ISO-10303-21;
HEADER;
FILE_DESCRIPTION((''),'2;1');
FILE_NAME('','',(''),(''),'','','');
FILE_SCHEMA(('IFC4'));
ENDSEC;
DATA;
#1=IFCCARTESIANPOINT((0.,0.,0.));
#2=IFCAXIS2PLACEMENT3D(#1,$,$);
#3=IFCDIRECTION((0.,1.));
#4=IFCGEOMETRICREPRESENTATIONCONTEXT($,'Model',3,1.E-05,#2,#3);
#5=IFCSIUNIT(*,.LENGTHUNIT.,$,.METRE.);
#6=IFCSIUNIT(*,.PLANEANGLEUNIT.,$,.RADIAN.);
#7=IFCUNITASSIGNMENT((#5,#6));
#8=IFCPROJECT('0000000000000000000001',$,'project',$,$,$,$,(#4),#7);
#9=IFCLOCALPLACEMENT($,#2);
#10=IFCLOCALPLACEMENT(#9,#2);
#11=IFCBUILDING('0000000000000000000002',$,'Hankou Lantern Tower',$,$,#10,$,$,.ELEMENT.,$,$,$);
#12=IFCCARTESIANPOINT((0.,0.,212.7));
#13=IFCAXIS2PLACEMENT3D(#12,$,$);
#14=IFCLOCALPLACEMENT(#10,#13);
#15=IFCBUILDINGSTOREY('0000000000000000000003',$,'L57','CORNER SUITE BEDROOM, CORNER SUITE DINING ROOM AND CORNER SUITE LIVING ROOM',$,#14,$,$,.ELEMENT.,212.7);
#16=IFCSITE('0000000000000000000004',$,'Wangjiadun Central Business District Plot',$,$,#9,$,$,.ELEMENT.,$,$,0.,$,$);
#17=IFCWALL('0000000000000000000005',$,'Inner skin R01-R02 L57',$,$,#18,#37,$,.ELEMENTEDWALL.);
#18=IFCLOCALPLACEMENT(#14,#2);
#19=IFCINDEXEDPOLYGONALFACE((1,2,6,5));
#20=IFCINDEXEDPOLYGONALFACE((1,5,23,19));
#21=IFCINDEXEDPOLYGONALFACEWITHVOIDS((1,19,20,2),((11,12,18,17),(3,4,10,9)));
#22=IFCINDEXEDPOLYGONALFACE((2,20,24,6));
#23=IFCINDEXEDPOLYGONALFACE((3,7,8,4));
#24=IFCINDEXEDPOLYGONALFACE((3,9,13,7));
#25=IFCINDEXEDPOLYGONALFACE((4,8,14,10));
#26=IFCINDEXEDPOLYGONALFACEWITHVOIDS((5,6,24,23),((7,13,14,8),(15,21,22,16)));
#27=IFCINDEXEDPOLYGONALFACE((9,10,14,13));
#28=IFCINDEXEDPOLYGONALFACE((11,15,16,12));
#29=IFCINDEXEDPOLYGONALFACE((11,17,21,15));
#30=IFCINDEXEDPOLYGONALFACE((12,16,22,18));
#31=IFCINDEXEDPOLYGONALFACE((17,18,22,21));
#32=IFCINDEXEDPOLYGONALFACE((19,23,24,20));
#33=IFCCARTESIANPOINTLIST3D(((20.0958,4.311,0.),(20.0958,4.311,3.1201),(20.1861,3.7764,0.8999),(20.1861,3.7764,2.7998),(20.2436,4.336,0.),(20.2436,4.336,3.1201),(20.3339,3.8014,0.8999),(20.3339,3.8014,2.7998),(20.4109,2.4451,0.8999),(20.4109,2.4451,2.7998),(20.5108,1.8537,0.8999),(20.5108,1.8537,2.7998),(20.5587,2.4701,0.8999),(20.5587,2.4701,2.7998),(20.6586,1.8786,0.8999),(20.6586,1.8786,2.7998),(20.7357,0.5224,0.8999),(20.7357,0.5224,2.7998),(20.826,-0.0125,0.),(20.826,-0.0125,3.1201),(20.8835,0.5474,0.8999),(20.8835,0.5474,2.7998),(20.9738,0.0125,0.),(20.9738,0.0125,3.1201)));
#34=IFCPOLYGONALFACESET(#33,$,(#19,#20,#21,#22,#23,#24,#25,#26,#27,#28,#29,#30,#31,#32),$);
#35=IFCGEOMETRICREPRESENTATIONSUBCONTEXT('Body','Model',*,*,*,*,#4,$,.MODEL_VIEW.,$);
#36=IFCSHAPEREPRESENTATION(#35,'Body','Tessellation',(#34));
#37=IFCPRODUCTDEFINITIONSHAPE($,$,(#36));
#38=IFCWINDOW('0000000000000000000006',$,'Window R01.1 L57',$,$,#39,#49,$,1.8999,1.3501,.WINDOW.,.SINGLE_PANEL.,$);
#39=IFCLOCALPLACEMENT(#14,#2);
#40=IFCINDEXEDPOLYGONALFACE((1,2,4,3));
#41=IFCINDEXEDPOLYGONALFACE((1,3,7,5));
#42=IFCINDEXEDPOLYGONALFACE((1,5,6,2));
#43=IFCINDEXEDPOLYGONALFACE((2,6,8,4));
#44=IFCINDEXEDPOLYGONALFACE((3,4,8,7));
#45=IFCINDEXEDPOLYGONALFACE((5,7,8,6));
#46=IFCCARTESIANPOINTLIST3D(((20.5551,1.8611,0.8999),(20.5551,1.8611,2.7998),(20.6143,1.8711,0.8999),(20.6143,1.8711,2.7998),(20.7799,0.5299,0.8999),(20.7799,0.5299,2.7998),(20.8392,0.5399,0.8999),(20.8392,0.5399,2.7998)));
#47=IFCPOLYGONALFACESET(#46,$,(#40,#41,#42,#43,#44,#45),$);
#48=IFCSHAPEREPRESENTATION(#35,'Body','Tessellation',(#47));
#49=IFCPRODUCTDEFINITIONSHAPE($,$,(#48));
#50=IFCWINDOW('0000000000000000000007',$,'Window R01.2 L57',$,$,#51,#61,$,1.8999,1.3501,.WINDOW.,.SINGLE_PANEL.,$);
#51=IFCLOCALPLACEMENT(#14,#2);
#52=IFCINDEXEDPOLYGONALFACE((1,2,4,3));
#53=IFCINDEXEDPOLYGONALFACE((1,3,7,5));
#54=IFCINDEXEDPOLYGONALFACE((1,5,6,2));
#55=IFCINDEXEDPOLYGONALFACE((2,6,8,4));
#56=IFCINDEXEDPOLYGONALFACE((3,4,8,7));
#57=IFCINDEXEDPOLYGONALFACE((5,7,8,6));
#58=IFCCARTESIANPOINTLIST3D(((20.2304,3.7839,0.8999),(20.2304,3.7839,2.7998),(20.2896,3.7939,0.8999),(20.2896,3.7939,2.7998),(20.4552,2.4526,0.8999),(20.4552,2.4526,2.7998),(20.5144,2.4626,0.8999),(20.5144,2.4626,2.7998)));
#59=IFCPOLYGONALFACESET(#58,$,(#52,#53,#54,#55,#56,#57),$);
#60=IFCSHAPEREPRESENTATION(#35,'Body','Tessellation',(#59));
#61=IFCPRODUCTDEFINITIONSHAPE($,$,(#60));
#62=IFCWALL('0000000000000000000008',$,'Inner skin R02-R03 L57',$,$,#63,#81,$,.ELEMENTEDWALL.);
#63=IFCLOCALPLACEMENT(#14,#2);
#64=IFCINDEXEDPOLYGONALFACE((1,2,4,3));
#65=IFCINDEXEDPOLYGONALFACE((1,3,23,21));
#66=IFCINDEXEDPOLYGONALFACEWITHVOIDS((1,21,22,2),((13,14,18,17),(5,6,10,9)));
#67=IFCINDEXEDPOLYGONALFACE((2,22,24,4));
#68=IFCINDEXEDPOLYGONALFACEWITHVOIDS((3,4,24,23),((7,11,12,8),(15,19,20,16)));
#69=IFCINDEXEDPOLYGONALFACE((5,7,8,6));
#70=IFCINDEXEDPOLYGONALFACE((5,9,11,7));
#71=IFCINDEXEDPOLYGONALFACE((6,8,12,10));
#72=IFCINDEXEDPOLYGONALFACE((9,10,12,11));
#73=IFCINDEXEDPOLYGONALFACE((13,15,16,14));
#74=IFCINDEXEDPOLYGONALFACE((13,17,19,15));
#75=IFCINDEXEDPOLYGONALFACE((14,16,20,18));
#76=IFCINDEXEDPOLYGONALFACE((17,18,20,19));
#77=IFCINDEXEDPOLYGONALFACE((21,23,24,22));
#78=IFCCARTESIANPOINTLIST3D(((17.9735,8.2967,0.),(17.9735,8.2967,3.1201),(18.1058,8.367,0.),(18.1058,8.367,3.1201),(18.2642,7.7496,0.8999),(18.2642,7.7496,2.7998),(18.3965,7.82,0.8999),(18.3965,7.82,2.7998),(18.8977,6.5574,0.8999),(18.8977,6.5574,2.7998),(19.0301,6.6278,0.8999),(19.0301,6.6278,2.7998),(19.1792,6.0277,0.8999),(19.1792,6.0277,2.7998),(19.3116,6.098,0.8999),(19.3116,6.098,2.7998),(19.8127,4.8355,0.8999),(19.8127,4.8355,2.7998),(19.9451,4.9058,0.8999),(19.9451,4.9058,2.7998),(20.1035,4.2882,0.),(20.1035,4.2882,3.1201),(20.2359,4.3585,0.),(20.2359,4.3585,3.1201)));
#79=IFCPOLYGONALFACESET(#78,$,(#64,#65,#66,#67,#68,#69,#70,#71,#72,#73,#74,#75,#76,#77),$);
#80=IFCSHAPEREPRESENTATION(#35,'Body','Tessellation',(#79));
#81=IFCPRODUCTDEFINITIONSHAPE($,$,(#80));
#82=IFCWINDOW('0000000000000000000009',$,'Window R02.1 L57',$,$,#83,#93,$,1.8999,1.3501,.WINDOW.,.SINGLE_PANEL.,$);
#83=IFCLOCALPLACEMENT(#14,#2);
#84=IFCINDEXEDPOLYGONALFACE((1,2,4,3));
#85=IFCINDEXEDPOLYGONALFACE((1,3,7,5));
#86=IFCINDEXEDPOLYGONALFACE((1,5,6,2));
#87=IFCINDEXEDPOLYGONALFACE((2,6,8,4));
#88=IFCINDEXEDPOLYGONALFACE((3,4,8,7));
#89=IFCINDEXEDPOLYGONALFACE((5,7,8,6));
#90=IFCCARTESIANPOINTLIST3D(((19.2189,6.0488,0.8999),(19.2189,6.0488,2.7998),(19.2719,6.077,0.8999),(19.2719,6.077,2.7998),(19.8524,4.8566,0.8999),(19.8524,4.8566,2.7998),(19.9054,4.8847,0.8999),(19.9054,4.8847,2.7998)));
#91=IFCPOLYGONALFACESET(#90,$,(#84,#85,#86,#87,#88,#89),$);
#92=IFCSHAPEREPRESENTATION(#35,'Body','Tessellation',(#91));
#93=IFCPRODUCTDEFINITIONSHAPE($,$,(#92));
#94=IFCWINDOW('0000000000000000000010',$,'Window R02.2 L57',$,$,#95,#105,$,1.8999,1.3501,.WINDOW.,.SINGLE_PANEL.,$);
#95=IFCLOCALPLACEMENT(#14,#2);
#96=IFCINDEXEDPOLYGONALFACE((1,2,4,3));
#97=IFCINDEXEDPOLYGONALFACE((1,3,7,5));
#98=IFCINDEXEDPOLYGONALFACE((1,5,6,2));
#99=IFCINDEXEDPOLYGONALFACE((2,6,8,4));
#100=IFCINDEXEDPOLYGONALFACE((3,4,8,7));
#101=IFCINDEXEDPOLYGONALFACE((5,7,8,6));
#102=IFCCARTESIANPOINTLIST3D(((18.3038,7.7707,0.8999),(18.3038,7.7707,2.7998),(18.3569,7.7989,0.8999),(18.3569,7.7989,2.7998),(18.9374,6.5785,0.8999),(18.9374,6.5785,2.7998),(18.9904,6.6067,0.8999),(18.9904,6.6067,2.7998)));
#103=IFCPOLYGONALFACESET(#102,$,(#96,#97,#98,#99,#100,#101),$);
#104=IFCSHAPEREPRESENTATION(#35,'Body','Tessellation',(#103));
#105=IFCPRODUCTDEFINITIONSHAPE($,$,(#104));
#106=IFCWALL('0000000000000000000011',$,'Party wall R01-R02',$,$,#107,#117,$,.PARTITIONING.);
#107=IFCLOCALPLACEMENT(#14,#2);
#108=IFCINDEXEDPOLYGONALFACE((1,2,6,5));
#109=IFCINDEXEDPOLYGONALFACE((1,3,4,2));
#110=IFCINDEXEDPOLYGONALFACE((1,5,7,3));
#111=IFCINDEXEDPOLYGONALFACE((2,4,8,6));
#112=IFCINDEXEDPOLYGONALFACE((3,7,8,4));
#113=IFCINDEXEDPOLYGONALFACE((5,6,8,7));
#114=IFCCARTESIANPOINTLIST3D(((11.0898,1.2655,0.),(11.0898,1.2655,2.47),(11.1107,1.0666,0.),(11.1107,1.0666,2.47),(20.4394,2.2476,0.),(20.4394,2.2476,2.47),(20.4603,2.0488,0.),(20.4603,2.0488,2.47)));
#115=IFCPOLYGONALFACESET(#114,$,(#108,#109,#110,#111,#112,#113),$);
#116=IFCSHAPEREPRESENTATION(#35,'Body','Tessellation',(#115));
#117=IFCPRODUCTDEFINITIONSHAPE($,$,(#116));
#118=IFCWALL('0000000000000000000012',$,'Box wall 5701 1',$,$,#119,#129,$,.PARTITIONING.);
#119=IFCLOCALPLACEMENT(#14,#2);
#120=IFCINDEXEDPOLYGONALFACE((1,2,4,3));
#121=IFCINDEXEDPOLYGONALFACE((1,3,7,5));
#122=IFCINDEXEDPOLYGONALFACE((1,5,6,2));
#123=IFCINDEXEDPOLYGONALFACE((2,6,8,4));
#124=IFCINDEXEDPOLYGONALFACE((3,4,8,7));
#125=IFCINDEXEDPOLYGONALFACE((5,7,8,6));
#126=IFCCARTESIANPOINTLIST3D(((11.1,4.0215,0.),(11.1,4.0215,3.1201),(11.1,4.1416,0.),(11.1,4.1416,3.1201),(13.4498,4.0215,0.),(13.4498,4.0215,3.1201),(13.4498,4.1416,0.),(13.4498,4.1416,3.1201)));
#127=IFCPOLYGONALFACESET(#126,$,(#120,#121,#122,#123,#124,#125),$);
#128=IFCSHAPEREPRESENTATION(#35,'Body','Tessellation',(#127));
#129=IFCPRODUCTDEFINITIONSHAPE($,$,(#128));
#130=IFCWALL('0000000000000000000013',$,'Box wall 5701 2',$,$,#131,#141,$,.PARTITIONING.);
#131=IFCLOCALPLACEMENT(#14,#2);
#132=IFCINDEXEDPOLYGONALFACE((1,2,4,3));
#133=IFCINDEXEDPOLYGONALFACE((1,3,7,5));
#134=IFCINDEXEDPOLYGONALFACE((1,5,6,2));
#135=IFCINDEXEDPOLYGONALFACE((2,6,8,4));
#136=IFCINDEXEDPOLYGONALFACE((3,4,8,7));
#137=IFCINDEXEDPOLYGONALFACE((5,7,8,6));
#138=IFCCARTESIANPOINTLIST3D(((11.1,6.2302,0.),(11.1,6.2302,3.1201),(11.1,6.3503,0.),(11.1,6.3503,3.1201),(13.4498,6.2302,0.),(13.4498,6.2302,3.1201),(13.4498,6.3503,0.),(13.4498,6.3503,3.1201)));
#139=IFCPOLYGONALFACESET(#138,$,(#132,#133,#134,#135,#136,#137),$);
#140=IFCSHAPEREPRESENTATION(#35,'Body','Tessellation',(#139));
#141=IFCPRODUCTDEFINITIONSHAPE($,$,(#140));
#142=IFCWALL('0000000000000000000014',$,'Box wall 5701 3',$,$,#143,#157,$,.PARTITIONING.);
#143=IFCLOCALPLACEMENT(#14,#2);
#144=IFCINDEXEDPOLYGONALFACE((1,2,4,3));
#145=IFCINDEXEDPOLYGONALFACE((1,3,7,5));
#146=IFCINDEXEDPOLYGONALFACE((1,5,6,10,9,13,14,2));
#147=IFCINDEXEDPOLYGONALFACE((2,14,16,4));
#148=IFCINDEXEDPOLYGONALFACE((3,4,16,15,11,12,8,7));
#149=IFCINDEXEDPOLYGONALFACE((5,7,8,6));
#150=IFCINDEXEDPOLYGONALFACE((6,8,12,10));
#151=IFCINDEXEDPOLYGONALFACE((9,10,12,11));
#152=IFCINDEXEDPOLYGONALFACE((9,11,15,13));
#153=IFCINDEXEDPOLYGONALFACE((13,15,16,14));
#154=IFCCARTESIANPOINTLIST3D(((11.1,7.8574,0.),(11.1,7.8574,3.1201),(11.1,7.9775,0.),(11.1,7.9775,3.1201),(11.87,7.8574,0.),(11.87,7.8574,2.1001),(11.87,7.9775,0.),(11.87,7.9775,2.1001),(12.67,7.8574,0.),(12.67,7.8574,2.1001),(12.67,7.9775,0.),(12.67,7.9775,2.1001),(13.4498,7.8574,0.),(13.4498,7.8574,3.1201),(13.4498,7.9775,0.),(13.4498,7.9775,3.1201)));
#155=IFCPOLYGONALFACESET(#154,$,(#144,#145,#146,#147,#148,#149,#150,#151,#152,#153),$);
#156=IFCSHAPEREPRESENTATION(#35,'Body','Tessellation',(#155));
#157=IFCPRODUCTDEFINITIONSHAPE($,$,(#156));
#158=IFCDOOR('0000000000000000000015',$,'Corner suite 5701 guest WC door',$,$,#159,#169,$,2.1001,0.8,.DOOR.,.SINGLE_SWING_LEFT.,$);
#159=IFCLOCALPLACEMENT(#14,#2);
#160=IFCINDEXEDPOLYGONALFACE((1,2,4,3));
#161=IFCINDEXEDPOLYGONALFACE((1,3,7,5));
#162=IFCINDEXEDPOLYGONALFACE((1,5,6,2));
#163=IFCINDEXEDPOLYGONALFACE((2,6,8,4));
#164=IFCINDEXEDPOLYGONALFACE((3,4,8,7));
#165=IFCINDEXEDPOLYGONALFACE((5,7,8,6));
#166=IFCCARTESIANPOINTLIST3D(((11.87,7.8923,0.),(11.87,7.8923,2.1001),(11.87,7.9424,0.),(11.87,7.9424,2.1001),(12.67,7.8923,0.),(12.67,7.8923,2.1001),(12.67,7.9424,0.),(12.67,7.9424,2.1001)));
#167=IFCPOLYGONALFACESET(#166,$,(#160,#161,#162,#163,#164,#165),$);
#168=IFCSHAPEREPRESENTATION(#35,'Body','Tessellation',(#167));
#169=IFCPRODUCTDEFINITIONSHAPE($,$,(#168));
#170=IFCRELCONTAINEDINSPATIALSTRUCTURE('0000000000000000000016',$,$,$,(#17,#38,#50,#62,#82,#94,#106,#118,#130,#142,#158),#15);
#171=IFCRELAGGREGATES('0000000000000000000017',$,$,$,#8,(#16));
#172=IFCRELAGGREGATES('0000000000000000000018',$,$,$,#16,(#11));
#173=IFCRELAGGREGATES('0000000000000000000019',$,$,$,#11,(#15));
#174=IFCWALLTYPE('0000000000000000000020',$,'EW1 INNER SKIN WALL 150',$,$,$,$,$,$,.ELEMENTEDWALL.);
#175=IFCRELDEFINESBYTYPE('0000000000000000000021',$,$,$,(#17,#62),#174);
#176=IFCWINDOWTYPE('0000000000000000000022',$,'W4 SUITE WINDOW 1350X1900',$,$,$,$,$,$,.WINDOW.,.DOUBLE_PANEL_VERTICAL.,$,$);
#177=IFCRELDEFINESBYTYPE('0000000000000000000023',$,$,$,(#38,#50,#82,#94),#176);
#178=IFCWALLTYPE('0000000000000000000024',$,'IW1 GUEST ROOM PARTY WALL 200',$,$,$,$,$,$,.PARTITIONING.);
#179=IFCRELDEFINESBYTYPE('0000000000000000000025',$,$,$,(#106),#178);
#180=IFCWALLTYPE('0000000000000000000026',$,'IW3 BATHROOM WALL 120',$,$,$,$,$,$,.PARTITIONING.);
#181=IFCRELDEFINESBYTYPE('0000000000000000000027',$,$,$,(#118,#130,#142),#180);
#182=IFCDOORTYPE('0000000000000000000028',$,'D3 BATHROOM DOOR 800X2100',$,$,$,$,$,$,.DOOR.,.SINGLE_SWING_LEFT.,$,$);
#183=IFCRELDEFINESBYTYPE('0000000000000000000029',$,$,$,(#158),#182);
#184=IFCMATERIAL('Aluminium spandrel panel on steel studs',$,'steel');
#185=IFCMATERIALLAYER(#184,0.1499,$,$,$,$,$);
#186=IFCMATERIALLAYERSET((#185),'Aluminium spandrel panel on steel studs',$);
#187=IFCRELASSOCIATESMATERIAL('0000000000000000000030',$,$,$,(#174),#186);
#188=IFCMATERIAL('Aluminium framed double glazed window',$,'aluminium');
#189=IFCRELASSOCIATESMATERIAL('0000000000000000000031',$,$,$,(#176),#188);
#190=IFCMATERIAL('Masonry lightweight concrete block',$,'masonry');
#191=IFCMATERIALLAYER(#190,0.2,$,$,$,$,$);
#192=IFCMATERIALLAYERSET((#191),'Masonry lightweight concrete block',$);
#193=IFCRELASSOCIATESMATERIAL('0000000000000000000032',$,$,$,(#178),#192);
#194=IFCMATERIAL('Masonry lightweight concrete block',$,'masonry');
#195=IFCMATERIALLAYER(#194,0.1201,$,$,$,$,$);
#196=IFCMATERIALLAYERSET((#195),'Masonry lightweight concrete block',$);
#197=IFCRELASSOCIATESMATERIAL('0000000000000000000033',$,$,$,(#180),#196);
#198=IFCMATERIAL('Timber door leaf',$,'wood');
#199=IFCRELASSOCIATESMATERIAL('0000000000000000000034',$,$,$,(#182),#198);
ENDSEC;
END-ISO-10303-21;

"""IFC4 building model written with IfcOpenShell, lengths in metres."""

from ifc_helpers import new_model, si_unit, direction, frame, frame_2d, origin, place, context, subcontext, project, spatial, rectangle, extrude, material, layer, layer_set, type_object, element, fill, save


model = new_model("IFC4")

# Units and contexts
model_context = context("Model", 3, precision=1e-05, world=origin(), true_north=direction((0.0, 1.0)))
body_context = subcontext(model_context, "Body", "Model", "MODEL_VIEW")
ifc_project = project(units=[si_unit("LENGTHUNIT", "METRE"), si_unit("PLANEANGLEUNIT", "RADIAN")], contexts=[model_context])

# Site, building, storey
site_placement = place(None, origin())
site = spatial("IfcSite", under=ifc_project, at=site_placement, Name="Wangjiadun Central Business District Plot", CompositionType="ELEMENT", RefElevation=0.0)
building_placement = place(site_placement, origin())
building = spatial("IfcBuilding", under=site, at=building_placement, Name="Hankou Lantern Tower", CompositionType="ELEMENT")
storey_placement = place(building_placement, frame((0.0, 0.0, 212.7)))
storey = spatial("IfcBuildingStorey", under=building, at=storey_placement, Name="L57", Description="CORNER SUITE BEDROOM, CORNER SUITE DINING ROOM AND CORNER SUITE LIVING ROOM", CompositionType="ELEMENT", Elevation=212.7)

# Walls, openings, windows
ifc_material_1 = material(Name="Aluminium spandrel panel on steel studs", Category="steel")
ifc_layer_1 = layer(ifc_material_1, 0.1499)
ifc_layer_set_1 = layer_set([ifc_layer_1], Name="Aluminium spandrel panel on steel studs")
wall_type_1 = type_object("IfcWallType", Name="EW1 INNER SKIN WALL 150", PredefinedType="ELEMENTEDWALL", material=ifc_layer_set_1)
wall_1_placement = place(storey_placement, frame((20.8999, 0.0, 0.0), z_axis=(0.0, 0.0, 1.0), x_axis=(-0.166539, 0.986035, 0.0)))
wall_1 = element("IfcWall", 1, at=wall_1_placement, inside=storey, type_object=wall_type_1, Name="Inner skin R01-R02 L57", PredefinedType="ELEMENTEDWALL", context=body_context, shape_type="SweptSolid", body=[
    extrude(rectangle(XDim=4.3848, YDim=0.1499, at=frame_2d((2.1924, 0.0))), origin(), (0.0, 0.0, 1.0), 3.1201),
])
opening_1_placement = place(wall_1_placement, frame((0.5425, 0.0, 0.8999)))
opening_1 = element("IfcOpeningElement", 2, at=opening_1_placement, cuts=wall_1, PredefinedType="OPENING", context=body_context, shape_type="SweptSolid", body=[
    extrude(rectangle(XDim=1.3501, YDim=1.8999, at=frame_2d((0.675, 0.95))), frame((0.0, 0.085, 0.0), z_axis=(0.0, -1.0, 0.0), x_axis=(1.0, 0.0, 0.0)), (0.0, 0.0, 1.0), 0.1699),
])
opening_2_placement = place(wall_1_placement, frame((2.4924, 0.0, 0.8999)))
opening_2 = element("IfcOpeningElement", 3, at=opening_2_placement, cuts=wall_1, PredefinedType="OPENING", context=body_context, shape_type="SweptSolid", body=[
    extrude(rectangle(XDim=1.3501, YDim=1.8999, at=frame_2d((0.675, 0.95))), frame((0.0, 0.085, 0.0), z_axis=(0.0, -1.0, 0.0), x_axis=(1.0, 0.0, 0.0)), (0.0, 0.0, 1.0), 0.1699),
])
ifc_material_2 = material(Name="Aluminium framed double glazed window", Category="aluminium")
window_type = type_object("IfcWindowType", Name="W4 SUITE WINDOW 1350X1900", PartitioningType="DOUBLE_PANEL_VERTICAL", PredefinedType="WINDOW", material=ifc_material_2)
window_1_placement = place(opening_1_placement, origin())
window_1 = element("IfcWindow", 4, at=window_1_placement, inside=storey, type_object=window_type, Name="Window R01.1 L57", OverallHeight=1.8999, OverallWidth=1.3501, PartitioningType="SINGLE_PANEL", PredefinedType="WINDOW", context=body_context, shape_type="SweptSolid", body=[
    extrude(rectangle(XDim=1.3501, YDim=1.8999, at=frame_2d((0.675, 0.95))), frame((0.0, 0.03, 0.0), z_axis=(0.0, -1.0, 0.0), x_axis=(1.0, 0.0, 0.0)), (0.0, 0.0, 1.0), 0.0601),
])
fill(opening_1, window_1)
window_2_placement = place(opening_2_placement, origin())
window_2 = element("IfcWindow", 5, at=window_2_placement, inside=storey, type_object=window_type, Name="Window R01.2 L57", OverallHeight=1.8999, OverallWidth=1.3501, PartitioningType="SINGLE_PANEL", PredefinedType="WINDOW", context=body_context, shape_type="SweptSolid", body=[
    extrude(rectangle(XDim=1.3501, YDim=1.8999, at=frame_2d((0.675, 0.95))), frame((0.0, 0.03, 0.0), z_axis=(0.0, -1.0, 0.0), x_axis=(1.0, 0.0, 0.0)), (0.0, 0.0, 1.0), 0.0601),
])
fill(opening_2, window_2)
wall_2_placement = place(storey_placement, frame((20.1697, 4.3235, 0.0), z_axis=(0.0, 0.0, 1.0), x_axis=(-0.469256, 0.883062, 0.0)))
wall_2 = element("IfcWall", 6, at=wall_2_placement, inside=storey, type_object=wall_type_1, Name="Inner skin R02-R03 L57", PredefinedType="ELEMENTEDWALL", context=body_context, shape_type="SweptSolid", body=[
    extrude(rectangle(XDim=4.5393, YDim=0.1499, at=frame_2d((2.2695, 0.0))), origin(), (0.0, 0.0, 1.0), 3.1201),
])
opening_3_placement = place(wall_2_placement, frame((0.6196, 0.0, 0.8999)))
opening_3 = element("IfcOpeningElement", 7, at=opening_3_placement, cuts=wall_2, PredefinedType="OPENING", context=body_context, shape_type="SweptSolid", body=[
    extrude(rectangle(XDim=1.3501, YDim=1.8999, at=frame_2d((0.675, 0.95))), frame((0.0, 0.085, 0.0), z_axis=(0.0, -1.0, 0.0), x_axis=(1.0, 0.0, 0.0)), (0.0, 0.0, 1.0), 0.1699),
])
opening_4_placement = place(wall_2_placement, frame((2.5696, 0.0, 0.8999)))
opening_4 = element("IfcOpeningElement", 8, at=opening_4_placement, cuts=wall_2, PredefinedType="OPENING", context=body_context, shape_type="SweptSolid", body=[
    extrude(rectangle(XDim=1.3501, YDim=1.8999, at=frame_2d((0.675, 0.95))), frame((0.0, 0.085, 0.0), z_axis=(0.0, -1.0, 0.0), x_axis=(1.0, 0.0, 0.0)), (0.0, 0.0, 1.0), 0.1699),
])
window_3_placement = place(opening_3_placement, origin())
window_3 = element("IfcWindow", 9, at=window_3_placement, inside=storey, type_object=window_type, Name="Window R02.1 L57", OverallHeight=1.8999, OverallWidth=1.3501, PartitioningType="SINGLE_PANEL", PredefinedType="WINDOW", context=body_context, shape_type="SweptSolid", body=[
    extrude(rectangle(XDim=1.3501, YDim=1.8999, at=frame_2d((0.675, 0.95))), frame((0.0, 0.03, 0.0), z_axis=(0.0, -1.0, 0.0), x_axis=(1.0, 0.0, 0.0)), (0.0, 0.0, 1.0), 0.0601),
])
fill(opening_3, window_3)
window_4_placement = place(opening_4_placement, origin())
window_4 = element("IfcWindow", 10, at=window_4_placement, inside=storey, type_object=window_type, Name="Window R02.2 L57", OverallHeight=1.8999, OverallWidth=1.3501, PartitioningType="SINGLE_PANEL", PredefinedType="WINDOW", context=body_context, shape_type="SweptSolid", body=[
    extrude(rectangle(XDim=1.3501, YDim=1.8999, at=frame_2d((0.675, 0.95))), frame((0.0, 0.03, 0.0), z_axis=(0.0, -1.0, 0.0), x_axis=(1.0, 0.0, 0.0)), (0.0, 0.0, 1.0), 0.0601),
])
fill(opening_4, window_4)

# Walls
ifc_material_3 = material(Name="Masonry lightweight concrete block", Category="masonry")
ifc_layer_2 = layer(ifc_material_3, 0.2)
ifc_layer_set_2 = layer_set([ifc_layer_2], Name="Masonry lightweight concrete block")
wall_type_2 = type_object("IfcWallType", Name="IW1 GUEST ROOM PARTY WALL 200", PredefinedType="PARTITIONING", material=ifc_layer_set_2)
wall_3_placement = place(storey_placement, frame((11.1001, 1.166, 0.0), z_axis=(0.0, 0.0, 1.0), x_axis=(0.994527, 0.104475, 0.0)))
element("IfcWall", 11, at=wall_3_placement, inside=storey, type_object=wall_type_2, Name="Party wall R01-R02", PredefinedType="PARTITIONING", context=body_context, shape_type="SweptSolid", body=[
    extrude(rectangle(XDim=9.4011, YDim=0.2, at=frame_2d((4.7007, 0.0))), origin(), (0.0, 0.0, 1.0), 2.47),
])
ifc_material_4 = material(Name="Masonry lightweight concrete block", Category="masonry")
ifc_layer_3 = layer(ifc_material_4, 0.1201)
ifc_layer_set_3 = layer_set([ifc_layer_3], Name="Masonry lightweight concrete block")
wall_type_3 = type_object("IfcWallType", Name="IW3 BATHROOM WALL 120", PredefinedType="PARTITIONING", material=ifc_layer_set_3)
for number, where, z_axis, x_axis, name in (
    (12, (11.1001, 4.0815, 0.0), (0.0, 0.0, 1.0), (1.0, 0.0, 0.0), "Box wall 5701 1"),
    (13, (11.1001, 6.2903, 0.0), (0.0, 0.0, 1.0), (1.0, 0.0, 0.0), "Box wall 5701 2"),
):
    element("IfcWall", number, at=place(storey_placement, frame(where, z_axis=z_axis, x_axis=x_axis)), inside=storey, type_object=wall_type_3, Name=name, PredefinedType="PARTITIONING", context=body_context, shape_type="SweptSolid", body=[
        extrude(rectangle(XDim=2.3499, YDim=0.1201, at=frame_2d((1.1748, 0.0))), origin(), (0.0, 0.0, 1.0), 3.1201),
    ])

# Wall, opening, door
wall_4_placement = place(storey_placement, frame((11.1001, 7.9175, 0.0), z_axis=(0.0, 0.0, 1.0), x_axis=(1.0, 0.0, 0.0)))
wall_4 = element("IfcWall", 14, at=wall_4_placement, inside=storey, type_object=wall_type_3, Name="Box wall 5701 3", PredefinedType="PARTITIONING", context=body_context, shape_type="SweptSolid", body=[
    extrude(rectangle(XDim=2.3499, YDim=0.1201, at=frame_2d((1.1748, 0.0))), origin(), (0.0, 0.0, 1.0), 3.1201),
])
opening_5_placement = place(wall_4_placement, frame((0.77, 0.0, 0.0)))
opening_5 = element("IfcOpeningElement", 15, at=opening_5_placement, cuts=wall_4, PredefinedType="OPENING", context=body_context, shape_type="SweptSolid", body=[
    extrude(rectangle(XDim=0.8, YDim=2.1001, at=frame_2d((0.3999, 1.05))), frame((0.0, 0.0701, 0.0), z_axis=(0.0, -1.0, 0.0), x_axis=(1.0, 0.0, 0.0)), (0.0, 0.0, 1.0), 0.1401),
])
ifc_material_5 = material(Name="Timber door leaf", Category="wood")
door_type_1 = type_object("IfcDoorType", Name="D3 BATHROOM DOOR 800X2100", OperationType="SINGLE_SWING_LEFT", PredefinedType="DOOR", material=ifc_material_5)
door_1_placement = place(opening_5_placement, origin())
door_1 = element("IfcDoor", 16, at=door_1_placement, inside=storey, type_object=door_type_1, Name="Corner suite 5701 guest WC door", OperationType="SINGLE_SWING_LEFT", OverallHeight=2.1001, OverallWidth=0.8, PredefinedType="DOOR", context=body_context, shape_type="SweptSolid", body=[
    extrude(rectangle(XDim=0.8, YDim=2.1001, at=frame_2d((0.3999, 1.05))), frame((0.0, 0.0249, 0.0), z_axis=(0.0, -1.0, 0.0), x_axis=(1.0, 0.0, 0.0)), (0.0, 0.0, 1.0), 0.05),
])
fill(opening_5, door_1)

save(model, "model.ifc")
